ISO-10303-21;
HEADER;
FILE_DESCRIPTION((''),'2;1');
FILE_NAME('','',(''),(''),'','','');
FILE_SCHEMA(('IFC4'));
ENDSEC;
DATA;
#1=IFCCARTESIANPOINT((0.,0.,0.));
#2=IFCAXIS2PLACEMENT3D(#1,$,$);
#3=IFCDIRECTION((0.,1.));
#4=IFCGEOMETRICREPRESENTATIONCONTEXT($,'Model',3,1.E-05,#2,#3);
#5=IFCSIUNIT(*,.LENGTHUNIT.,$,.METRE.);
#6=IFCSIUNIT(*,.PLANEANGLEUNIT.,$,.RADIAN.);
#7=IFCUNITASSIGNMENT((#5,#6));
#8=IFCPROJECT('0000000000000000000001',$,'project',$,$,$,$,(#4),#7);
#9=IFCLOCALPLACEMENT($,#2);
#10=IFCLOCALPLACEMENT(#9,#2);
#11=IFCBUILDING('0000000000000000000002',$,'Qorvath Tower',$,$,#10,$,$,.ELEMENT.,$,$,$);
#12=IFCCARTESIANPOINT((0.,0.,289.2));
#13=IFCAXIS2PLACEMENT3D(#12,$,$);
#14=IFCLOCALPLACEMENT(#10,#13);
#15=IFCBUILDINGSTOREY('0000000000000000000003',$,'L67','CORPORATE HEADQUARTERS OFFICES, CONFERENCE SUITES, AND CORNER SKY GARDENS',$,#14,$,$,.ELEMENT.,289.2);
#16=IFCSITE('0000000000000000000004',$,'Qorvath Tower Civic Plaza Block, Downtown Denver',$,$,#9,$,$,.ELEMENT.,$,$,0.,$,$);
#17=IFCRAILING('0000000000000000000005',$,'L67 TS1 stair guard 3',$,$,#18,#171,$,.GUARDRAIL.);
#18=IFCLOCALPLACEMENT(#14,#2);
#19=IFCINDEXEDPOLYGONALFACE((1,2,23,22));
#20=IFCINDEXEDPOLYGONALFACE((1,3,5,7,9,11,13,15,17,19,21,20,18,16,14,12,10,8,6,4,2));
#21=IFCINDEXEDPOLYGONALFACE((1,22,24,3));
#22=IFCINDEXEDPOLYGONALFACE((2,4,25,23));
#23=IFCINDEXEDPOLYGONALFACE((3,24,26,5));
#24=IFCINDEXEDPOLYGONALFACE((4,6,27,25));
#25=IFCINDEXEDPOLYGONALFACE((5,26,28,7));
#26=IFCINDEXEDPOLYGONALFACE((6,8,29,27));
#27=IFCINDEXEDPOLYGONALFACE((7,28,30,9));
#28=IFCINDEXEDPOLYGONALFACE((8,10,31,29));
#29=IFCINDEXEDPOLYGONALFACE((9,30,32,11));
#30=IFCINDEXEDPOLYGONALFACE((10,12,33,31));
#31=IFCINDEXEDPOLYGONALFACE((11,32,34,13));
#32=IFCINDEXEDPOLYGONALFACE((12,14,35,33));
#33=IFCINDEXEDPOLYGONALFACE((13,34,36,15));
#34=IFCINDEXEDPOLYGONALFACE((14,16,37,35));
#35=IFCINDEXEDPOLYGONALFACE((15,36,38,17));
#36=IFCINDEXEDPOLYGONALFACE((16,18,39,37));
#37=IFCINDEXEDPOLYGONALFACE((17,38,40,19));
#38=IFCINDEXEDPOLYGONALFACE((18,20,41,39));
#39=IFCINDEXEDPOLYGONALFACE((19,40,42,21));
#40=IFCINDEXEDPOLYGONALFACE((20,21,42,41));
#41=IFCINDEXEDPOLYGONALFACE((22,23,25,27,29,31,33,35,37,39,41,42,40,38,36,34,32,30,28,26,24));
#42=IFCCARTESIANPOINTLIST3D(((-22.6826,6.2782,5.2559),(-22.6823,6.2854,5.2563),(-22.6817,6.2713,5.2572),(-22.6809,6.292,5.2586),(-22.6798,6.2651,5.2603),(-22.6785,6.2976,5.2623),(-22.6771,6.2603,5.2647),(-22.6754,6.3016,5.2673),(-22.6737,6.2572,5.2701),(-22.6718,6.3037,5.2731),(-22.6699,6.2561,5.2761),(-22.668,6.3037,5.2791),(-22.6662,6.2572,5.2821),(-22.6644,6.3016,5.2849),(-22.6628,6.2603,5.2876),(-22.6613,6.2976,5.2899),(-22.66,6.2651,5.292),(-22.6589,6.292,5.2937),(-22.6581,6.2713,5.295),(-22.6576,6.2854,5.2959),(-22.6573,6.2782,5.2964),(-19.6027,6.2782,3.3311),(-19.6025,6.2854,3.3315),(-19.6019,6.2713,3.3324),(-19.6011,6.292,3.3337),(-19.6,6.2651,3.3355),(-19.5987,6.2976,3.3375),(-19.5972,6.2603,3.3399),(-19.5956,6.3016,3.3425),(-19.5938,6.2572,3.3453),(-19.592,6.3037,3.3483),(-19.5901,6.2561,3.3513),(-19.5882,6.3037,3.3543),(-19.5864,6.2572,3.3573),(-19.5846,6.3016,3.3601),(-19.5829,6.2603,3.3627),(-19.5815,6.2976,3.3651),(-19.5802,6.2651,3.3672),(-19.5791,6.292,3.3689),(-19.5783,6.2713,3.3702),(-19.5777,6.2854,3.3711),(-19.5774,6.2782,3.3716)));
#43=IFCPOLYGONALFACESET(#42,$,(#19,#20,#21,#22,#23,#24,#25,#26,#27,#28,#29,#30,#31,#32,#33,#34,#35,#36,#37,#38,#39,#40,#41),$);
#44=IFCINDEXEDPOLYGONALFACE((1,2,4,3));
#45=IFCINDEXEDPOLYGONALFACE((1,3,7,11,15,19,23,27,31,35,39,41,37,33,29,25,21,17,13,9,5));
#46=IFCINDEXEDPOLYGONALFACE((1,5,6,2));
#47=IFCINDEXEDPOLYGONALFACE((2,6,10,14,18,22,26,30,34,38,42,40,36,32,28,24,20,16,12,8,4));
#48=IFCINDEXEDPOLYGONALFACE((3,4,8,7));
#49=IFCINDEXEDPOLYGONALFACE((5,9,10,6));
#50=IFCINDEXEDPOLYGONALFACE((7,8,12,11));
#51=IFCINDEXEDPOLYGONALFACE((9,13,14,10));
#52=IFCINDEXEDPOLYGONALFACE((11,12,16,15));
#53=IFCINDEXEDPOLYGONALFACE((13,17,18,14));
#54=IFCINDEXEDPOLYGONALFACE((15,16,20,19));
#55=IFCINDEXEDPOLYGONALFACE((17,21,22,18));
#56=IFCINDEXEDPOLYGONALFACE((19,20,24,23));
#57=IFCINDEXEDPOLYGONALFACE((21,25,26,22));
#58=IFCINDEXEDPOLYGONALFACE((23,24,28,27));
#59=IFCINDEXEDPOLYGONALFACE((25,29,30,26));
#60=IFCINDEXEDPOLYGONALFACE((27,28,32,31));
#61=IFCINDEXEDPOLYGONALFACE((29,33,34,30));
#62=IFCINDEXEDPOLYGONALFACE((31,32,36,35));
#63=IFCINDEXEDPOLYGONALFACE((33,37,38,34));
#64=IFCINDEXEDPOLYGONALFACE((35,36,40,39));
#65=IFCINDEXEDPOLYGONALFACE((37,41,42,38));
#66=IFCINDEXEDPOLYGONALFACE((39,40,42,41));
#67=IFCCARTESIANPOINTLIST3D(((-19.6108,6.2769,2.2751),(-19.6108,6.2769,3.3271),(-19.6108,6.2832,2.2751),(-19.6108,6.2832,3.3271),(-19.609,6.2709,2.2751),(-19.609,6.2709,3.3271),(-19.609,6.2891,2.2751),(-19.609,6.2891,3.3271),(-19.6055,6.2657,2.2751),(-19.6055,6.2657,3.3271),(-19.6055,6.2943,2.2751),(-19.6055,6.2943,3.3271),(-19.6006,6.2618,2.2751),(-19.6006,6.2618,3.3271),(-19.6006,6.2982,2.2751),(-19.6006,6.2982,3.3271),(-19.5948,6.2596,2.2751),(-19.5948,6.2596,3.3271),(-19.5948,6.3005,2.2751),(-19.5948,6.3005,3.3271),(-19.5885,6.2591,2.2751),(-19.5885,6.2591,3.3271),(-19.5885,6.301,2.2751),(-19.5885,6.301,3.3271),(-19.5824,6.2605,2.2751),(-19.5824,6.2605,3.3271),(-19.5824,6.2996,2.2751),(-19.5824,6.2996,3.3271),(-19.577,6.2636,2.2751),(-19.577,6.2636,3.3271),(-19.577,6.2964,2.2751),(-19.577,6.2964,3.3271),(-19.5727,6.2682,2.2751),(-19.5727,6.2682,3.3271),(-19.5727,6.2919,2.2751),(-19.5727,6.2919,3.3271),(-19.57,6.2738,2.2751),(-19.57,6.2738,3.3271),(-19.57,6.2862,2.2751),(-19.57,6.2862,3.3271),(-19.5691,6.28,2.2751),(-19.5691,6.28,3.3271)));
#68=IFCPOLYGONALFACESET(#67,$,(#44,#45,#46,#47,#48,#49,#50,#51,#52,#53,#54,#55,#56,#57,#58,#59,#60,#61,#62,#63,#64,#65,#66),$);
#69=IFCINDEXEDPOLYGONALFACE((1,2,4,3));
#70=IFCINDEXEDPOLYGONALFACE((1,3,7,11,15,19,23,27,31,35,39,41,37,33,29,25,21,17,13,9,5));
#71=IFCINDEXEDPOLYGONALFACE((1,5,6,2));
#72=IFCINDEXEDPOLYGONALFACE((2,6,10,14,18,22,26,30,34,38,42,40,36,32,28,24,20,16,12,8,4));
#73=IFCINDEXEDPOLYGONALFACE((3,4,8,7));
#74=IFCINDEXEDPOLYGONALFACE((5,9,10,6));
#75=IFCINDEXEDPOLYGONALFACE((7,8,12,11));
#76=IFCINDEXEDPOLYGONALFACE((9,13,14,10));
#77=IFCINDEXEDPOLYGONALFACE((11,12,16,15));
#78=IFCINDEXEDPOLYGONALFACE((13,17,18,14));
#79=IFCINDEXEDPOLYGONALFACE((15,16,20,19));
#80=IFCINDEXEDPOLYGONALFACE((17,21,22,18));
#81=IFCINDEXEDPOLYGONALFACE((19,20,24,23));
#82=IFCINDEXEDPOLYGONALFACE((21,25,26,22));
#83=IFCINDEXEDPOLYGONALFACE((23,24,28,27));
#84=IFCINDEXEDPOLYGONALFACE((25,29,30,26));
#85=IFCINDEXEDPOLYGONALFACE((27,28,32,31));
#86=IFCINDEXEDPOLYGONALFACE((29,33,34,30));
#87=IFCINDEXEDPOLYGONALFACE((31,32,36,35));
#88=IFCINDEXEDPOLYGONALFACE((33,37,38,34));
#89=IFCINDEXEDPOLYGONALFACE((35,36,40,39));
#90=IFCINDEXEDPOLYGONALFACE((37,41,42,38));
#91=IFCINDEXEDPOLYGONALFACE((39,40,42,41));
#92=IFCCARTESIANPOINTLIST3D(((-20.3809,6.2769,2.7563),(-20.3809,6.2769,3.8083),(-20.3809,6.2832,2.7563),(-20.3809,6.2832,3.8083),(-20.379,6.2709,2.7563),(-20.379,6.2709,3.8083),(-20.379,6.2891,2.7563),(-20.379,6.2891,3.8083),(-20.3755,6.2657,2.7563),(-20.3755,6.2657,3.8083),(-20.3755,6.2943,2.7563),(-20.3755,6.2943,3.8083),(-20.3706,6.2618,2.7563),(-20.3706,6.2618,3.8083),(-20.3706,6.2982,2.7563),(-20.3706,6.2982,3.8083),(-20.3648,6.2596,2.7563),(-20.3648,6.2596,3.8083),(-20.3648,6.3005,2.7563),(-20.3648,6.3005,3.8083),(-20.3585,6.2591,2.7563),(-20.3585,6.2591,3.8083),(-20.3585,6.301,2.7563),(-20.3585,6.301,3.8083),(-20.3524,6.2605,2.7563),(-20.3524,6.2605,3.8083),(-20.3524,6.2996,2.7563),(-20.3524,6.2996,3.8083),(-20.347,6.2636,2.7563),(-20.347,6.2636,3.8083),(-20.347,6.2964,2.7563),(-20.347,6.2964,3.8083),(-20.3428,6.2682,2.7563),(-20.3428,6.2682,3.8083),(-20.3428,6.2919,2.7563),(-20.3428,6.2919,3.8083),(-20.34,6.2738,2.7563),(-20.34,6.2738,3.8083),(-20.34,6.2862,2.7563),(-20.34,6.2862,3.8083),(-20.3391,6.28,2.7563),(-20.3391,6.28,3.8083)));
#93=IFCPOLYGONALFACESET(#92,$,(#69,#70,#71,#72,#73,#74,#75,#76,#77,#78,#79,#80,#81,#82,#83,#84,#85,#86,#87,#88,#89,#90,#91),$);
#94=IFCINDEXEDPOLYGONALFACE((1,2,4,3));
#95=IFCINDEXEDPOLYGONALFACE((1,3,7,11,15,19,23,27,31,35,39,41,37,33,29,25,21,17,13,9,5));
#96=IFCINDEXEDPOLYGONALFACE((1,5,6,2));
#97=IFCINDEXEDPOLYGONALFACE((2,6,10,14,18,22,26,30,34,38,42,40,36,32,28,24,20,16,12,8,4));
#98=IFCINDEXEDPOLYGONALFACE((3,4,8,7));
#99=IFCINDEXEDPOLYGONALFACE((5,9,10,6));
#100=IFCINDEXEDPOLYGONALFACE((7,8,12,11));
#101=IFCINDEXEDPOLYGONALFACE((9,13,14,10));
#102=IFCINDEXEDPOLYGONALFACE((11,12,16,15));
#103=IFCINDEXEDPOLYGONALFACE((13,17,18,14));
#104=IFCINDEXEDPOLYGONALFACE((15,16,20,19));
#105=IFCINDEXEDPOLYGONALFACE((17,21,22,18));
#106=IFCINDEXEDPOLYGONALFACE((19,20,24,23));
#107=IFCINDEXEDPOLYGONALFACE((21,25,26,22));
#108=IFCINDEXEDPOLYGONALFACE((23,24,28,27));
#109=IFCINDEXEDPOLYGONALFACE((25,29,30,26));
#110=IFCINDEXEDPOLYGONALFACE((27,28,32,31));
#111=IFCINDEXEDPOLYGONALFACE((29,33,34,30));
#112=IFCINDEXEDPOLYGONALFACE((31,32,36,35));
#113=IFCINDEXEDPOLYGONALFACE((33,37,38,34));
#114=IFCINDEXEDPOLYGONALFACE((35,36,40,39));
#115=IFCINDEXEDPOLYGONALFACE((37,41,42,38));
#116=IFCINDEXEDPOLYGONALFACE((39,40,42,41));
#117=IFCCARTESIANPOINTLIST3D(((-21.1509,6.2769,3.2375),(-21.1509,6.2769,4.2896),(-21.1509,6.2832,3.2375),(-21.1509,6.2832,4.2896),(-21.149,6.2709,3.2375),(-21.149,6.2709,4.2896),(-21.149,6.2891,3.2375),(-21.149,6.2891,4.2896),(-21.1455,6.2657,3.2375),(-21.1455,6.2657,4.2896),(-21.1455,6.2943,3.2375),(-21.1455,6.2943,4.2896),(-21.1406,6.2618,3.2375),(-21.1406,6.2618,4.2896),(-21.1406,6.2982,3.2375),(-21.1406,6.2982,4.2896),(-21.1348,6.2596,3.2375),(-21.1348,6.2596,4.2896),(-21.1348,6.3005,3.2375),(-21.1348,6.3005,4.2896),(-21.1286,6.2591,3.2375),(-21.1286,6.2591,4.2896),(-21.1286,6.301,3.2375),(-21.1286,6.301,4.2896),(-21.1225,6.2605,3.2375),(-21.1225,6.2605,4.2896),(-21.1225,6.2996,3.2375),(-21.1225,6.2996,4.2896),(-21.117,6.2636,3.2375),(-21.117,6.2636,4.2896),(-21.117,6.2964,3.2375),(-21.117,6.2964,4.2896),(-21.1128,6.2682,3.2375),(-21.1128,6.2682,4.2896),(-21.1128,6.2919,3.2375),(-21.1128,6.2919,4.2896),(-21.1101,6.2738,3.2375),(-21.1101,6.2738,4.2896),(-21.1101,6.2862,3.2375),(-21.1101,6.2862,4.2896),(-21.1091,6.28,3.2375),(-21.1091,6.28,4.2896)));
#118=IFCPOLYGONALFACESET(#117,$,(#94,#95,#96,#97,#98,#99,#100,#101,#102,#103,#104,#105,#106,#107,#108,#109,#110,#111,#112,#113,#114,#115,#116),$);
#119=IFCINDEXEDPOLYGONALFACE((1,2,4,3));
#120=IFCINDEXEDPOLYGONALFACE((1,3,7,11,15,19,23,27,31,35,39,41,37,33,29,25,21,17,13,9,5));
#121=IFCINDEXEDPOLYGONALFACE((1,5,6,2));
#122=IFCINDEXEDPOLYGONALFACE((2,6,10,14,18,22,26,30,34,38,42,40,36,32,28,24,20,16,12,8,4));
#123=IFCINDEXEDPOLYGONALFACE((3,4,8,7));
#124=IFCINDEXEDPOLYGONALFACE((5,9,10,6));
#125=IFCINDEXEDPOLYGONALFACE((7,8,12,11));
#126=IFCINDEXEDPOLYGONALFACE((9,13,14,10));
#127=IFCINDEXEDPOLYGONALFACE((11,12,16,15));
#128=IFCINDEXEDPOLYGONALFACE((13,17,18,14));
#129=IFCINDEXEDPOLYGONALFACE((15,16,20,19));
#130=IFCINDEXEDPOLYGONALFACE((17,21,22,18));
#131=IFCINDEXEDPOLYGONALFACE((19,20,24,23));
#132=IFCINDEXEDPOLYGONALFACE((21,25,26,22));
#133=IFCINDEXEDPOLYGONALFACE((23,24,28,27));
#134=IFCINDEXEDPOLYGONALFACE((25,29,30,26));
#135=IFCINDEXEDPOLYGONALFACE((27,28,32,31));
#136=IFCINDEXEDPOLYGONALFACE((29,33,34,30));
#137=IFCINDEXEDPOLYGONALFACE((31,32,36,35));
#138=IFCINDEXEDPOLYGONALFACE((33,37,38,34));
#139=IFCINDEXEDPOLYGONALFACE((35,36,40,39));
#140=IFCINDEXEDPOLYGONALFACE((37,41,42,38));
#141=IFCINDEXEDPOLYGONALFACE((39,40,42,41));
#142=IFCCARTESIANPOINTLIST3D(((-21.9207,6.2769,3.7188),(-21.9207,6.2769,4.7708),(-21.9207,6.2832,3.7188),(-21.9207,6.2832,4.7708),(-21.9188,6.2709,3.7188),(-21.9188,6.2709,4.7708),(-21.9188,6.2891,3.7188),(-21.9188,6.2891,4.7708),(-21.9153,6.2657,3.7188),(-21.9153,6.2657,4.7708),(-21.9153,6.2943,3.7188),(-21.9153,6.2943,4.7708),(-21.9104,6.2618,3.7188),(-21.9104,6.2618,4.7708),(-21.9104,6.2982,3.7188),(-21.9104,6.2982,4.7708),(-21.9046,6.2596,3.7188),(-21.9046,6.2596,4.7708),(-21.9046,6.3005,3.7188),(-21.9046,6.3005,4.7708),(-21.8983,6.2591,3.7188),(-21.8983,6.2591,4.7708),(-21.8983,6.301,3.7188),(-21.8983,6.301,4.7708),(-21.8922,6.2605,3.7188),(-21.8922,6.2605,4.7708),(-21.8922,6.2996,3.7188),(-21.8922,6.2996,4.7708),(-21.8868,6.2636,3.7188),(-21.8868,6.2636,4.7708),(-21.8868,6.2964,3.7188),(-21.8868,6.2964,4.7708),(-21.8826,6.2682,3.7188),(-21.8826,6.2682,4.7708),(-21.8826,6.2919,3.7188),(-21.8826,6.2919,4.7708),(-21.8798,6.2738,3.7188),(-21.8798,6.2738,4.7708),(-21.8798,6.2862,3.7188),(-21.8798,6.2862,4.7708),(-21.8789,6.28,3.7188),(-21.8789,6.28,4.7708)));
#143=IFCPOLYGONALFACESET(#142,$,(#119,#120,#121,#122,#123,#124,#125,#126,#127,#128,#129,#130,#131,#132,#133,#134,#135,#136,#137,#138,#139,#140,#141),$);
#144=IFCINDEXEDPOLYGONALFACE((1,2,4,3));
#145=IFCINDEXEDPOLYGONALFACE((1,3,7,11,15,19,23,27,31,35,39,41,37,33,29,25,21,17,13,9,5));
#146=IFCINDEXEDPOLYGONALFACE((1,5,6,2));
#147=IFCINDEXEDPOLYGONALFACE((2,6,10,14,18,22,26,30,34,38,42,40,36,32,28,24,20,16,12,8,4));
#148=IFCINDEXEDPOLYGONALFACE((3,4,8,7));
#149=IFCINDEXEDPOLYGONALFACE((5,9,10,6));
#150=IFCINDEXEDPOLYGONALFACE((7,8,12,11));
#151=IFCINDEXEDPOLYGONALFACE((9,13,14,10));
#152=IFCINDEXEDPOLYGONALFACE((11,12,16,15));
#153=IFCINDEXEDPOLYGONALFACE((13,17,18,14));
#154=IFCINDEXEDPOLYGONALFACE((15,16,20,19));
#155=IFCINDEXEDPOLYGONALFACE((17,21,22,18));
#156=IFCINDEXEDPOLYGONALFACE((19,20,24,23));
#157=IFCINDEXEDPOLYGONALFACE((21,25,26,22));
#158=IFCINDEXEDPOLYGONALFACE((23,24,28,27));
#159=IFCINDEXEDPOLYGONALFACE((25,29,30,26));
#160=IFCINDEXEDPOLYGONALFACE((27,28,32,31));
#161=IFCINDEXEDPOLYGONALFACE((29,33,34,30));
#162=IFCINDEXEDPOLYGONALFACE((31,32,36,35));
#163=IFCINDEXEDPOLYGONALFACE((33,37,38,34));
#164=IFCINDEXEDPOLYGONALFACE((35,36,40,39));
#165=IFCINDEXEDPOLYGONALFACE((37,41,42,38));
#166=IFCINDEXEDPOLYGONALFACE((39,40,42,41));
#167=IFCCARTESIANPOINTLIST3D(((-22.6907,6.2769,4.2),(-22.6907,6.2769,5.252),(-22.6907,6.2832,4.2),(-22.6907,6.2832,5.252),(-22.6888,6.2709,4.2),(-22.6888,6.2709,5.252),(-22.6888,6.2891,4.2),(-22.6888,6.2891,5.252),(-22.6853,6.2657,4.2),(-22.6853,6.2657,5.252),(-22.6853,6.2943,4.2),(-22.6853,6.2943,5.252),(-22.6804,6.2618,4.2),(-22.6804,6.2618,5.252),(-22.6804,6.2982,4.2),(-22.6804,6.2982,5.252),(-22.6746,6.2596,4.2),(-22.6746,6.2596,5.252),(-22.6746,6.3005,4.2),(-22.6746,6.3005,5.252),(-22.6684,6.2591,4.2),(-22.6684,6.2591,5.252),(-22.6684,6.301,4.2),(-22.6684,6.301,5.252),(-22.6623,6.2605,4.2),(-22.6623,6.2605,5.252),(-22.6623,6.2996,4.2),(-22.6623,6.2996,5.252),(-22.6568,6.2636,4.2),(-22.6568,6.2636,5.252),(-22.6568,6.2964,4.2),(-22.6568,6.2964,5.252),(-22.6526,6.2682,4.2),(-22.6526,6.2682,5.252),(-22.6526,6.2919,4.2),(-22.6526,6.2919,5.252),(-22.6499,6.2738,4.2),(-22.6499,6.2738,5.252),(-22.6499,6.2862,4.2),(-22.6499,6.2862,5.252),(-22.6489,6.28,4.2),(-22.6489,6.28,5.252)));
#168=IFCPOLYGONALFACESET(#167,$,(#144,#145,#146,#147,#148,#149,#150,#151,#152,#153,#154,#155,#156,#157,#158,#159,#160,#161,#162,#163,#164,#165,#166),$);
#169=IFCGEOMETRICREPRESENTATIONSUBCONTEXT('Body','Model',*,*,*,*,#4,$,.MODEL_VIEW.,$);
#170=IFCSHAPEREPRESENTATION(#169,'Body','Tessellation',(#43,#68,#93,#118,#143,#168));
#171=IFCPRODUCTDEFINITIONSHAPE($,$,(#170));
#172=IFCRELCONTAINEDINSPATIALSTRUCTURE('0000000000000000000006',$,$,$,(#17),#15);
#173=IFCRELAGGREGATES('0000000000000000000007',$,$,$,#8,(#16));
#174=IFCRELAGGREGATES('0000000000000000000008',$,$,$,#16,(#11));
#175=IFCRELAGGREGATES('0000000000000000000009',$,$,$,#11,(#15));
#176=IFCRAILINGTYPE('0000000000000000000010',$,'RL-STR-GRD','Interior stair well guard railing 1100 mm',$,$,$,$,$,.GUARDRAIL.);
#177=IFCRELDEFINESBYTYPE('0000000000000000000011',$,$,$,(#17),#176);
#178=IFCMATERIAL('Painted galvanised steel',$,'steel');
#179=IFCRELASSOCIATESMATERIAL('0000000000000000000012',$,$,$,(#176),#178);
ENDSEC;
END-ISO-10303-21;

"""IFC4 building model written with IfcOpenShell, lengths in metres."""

from ifc_helpers import new_model, si_unit, direction, frame, origin, origin_2d, place, context, subcontext, project, spatial, circle, extrude, material, type_object, element, save


model = new_model("IFC4")

# Units and contexts
model_context = context("Model", 3, precision=1e-05, world=origin(), true_north=direction((0.0, 1.0)))
body_context = subcontext(model_context, "Body", "Model", "MODEL_VIEW")
ifc_project = project(units=[si_unit("LENGTHUNIT", "METRE"), si_unit("PLANEANGLEUNIT", "RADIAN")], contexts=[model_context])

# Site, building, storey
site_placement = place(None, origin())
site = spatial("IfcSite", under=ifc_project, at=site_placement, Name="Qorvath Tower Civic Plaza Block, Downtown Denver", CompositionType="ELEMENT", RefElevation=0.0)
building_placement = place(site_placement, origin())
building = spatial("IfcBuilding", under=site, at=building_placement, Name="Qorvath Tower", CompositionType="ELEMENT")
storey_placement = place(building_placement, frame((0.0, 0.0, 289.2)))
storey = spatial("IfcBuildingStorey", under=building, at=storey_placement, Name="L67", Description="CORPORATE HEADQUARTERS OFFICES, CONFERENCE SUITES, AND CORNER SKY GARDENS", CompositionType="ELEMENT", Elevation=289.2)

# Railing
ifc_material_1 = material(Name="Painted galvanised steel", Category="steel")
railing_type_1 = type_object("IfcRailingType", Name="RL-STR-GRD", Description="Interior stair well guard railing 1100 mm", PredefinedType="GUARDRAIL", material=ifc_material_1)
railing_1_placement = place(storey_placement, frame((-19.5901, 6.28, 2.2751)))
element("IfcRailing", 1, at=railing_1_placement, inside=storey, type_object=railing_type_1, Name="L67 TS1 stair guard 3", PredefinedType="GUARDRAIL", context=body_context, shape_type="SweptSolid", body=[
    extrude(circle(Radius=0.0239, at=origin_2d()), frame((0.0, 0.0, 1.0762), z_axis=(-0.84801, 0.0, 0.529981), x_axis=(0.0, -1.0, 0.0)), (0.0, 0.0, 1.0), 3.6318),
    extrude(circle(Radius=0.021, at=origin_2d()), origin(), (0.0, 0.0, 1.0), 1.052),
    extrude(circle(Radius=0.021, at=origin_2d()), frame((-0.77, 0.0, 0.4812)), (0.0, 0.0, 1.0), 1.052),
    extrude(circle(Radius=0.021, at=origin_2d()), frame((-1.54, 0.0, 0.9624)), (0.0, 0.0, 1.0), 1.052),
    extrude(circle(Radius=0.021, at=origin_2d()), frame((-2.3098, 0.0, 1.4436)), (0.0, 0.0, 1.0), 1.052),
    extrude(circle(Radius=0.021, at=origin_2d()), frame((-3.0798, 0.0, 1.9248)), (0.0, 0.0, 1.0), 1.052),
])

save(model, "model.ifc")
